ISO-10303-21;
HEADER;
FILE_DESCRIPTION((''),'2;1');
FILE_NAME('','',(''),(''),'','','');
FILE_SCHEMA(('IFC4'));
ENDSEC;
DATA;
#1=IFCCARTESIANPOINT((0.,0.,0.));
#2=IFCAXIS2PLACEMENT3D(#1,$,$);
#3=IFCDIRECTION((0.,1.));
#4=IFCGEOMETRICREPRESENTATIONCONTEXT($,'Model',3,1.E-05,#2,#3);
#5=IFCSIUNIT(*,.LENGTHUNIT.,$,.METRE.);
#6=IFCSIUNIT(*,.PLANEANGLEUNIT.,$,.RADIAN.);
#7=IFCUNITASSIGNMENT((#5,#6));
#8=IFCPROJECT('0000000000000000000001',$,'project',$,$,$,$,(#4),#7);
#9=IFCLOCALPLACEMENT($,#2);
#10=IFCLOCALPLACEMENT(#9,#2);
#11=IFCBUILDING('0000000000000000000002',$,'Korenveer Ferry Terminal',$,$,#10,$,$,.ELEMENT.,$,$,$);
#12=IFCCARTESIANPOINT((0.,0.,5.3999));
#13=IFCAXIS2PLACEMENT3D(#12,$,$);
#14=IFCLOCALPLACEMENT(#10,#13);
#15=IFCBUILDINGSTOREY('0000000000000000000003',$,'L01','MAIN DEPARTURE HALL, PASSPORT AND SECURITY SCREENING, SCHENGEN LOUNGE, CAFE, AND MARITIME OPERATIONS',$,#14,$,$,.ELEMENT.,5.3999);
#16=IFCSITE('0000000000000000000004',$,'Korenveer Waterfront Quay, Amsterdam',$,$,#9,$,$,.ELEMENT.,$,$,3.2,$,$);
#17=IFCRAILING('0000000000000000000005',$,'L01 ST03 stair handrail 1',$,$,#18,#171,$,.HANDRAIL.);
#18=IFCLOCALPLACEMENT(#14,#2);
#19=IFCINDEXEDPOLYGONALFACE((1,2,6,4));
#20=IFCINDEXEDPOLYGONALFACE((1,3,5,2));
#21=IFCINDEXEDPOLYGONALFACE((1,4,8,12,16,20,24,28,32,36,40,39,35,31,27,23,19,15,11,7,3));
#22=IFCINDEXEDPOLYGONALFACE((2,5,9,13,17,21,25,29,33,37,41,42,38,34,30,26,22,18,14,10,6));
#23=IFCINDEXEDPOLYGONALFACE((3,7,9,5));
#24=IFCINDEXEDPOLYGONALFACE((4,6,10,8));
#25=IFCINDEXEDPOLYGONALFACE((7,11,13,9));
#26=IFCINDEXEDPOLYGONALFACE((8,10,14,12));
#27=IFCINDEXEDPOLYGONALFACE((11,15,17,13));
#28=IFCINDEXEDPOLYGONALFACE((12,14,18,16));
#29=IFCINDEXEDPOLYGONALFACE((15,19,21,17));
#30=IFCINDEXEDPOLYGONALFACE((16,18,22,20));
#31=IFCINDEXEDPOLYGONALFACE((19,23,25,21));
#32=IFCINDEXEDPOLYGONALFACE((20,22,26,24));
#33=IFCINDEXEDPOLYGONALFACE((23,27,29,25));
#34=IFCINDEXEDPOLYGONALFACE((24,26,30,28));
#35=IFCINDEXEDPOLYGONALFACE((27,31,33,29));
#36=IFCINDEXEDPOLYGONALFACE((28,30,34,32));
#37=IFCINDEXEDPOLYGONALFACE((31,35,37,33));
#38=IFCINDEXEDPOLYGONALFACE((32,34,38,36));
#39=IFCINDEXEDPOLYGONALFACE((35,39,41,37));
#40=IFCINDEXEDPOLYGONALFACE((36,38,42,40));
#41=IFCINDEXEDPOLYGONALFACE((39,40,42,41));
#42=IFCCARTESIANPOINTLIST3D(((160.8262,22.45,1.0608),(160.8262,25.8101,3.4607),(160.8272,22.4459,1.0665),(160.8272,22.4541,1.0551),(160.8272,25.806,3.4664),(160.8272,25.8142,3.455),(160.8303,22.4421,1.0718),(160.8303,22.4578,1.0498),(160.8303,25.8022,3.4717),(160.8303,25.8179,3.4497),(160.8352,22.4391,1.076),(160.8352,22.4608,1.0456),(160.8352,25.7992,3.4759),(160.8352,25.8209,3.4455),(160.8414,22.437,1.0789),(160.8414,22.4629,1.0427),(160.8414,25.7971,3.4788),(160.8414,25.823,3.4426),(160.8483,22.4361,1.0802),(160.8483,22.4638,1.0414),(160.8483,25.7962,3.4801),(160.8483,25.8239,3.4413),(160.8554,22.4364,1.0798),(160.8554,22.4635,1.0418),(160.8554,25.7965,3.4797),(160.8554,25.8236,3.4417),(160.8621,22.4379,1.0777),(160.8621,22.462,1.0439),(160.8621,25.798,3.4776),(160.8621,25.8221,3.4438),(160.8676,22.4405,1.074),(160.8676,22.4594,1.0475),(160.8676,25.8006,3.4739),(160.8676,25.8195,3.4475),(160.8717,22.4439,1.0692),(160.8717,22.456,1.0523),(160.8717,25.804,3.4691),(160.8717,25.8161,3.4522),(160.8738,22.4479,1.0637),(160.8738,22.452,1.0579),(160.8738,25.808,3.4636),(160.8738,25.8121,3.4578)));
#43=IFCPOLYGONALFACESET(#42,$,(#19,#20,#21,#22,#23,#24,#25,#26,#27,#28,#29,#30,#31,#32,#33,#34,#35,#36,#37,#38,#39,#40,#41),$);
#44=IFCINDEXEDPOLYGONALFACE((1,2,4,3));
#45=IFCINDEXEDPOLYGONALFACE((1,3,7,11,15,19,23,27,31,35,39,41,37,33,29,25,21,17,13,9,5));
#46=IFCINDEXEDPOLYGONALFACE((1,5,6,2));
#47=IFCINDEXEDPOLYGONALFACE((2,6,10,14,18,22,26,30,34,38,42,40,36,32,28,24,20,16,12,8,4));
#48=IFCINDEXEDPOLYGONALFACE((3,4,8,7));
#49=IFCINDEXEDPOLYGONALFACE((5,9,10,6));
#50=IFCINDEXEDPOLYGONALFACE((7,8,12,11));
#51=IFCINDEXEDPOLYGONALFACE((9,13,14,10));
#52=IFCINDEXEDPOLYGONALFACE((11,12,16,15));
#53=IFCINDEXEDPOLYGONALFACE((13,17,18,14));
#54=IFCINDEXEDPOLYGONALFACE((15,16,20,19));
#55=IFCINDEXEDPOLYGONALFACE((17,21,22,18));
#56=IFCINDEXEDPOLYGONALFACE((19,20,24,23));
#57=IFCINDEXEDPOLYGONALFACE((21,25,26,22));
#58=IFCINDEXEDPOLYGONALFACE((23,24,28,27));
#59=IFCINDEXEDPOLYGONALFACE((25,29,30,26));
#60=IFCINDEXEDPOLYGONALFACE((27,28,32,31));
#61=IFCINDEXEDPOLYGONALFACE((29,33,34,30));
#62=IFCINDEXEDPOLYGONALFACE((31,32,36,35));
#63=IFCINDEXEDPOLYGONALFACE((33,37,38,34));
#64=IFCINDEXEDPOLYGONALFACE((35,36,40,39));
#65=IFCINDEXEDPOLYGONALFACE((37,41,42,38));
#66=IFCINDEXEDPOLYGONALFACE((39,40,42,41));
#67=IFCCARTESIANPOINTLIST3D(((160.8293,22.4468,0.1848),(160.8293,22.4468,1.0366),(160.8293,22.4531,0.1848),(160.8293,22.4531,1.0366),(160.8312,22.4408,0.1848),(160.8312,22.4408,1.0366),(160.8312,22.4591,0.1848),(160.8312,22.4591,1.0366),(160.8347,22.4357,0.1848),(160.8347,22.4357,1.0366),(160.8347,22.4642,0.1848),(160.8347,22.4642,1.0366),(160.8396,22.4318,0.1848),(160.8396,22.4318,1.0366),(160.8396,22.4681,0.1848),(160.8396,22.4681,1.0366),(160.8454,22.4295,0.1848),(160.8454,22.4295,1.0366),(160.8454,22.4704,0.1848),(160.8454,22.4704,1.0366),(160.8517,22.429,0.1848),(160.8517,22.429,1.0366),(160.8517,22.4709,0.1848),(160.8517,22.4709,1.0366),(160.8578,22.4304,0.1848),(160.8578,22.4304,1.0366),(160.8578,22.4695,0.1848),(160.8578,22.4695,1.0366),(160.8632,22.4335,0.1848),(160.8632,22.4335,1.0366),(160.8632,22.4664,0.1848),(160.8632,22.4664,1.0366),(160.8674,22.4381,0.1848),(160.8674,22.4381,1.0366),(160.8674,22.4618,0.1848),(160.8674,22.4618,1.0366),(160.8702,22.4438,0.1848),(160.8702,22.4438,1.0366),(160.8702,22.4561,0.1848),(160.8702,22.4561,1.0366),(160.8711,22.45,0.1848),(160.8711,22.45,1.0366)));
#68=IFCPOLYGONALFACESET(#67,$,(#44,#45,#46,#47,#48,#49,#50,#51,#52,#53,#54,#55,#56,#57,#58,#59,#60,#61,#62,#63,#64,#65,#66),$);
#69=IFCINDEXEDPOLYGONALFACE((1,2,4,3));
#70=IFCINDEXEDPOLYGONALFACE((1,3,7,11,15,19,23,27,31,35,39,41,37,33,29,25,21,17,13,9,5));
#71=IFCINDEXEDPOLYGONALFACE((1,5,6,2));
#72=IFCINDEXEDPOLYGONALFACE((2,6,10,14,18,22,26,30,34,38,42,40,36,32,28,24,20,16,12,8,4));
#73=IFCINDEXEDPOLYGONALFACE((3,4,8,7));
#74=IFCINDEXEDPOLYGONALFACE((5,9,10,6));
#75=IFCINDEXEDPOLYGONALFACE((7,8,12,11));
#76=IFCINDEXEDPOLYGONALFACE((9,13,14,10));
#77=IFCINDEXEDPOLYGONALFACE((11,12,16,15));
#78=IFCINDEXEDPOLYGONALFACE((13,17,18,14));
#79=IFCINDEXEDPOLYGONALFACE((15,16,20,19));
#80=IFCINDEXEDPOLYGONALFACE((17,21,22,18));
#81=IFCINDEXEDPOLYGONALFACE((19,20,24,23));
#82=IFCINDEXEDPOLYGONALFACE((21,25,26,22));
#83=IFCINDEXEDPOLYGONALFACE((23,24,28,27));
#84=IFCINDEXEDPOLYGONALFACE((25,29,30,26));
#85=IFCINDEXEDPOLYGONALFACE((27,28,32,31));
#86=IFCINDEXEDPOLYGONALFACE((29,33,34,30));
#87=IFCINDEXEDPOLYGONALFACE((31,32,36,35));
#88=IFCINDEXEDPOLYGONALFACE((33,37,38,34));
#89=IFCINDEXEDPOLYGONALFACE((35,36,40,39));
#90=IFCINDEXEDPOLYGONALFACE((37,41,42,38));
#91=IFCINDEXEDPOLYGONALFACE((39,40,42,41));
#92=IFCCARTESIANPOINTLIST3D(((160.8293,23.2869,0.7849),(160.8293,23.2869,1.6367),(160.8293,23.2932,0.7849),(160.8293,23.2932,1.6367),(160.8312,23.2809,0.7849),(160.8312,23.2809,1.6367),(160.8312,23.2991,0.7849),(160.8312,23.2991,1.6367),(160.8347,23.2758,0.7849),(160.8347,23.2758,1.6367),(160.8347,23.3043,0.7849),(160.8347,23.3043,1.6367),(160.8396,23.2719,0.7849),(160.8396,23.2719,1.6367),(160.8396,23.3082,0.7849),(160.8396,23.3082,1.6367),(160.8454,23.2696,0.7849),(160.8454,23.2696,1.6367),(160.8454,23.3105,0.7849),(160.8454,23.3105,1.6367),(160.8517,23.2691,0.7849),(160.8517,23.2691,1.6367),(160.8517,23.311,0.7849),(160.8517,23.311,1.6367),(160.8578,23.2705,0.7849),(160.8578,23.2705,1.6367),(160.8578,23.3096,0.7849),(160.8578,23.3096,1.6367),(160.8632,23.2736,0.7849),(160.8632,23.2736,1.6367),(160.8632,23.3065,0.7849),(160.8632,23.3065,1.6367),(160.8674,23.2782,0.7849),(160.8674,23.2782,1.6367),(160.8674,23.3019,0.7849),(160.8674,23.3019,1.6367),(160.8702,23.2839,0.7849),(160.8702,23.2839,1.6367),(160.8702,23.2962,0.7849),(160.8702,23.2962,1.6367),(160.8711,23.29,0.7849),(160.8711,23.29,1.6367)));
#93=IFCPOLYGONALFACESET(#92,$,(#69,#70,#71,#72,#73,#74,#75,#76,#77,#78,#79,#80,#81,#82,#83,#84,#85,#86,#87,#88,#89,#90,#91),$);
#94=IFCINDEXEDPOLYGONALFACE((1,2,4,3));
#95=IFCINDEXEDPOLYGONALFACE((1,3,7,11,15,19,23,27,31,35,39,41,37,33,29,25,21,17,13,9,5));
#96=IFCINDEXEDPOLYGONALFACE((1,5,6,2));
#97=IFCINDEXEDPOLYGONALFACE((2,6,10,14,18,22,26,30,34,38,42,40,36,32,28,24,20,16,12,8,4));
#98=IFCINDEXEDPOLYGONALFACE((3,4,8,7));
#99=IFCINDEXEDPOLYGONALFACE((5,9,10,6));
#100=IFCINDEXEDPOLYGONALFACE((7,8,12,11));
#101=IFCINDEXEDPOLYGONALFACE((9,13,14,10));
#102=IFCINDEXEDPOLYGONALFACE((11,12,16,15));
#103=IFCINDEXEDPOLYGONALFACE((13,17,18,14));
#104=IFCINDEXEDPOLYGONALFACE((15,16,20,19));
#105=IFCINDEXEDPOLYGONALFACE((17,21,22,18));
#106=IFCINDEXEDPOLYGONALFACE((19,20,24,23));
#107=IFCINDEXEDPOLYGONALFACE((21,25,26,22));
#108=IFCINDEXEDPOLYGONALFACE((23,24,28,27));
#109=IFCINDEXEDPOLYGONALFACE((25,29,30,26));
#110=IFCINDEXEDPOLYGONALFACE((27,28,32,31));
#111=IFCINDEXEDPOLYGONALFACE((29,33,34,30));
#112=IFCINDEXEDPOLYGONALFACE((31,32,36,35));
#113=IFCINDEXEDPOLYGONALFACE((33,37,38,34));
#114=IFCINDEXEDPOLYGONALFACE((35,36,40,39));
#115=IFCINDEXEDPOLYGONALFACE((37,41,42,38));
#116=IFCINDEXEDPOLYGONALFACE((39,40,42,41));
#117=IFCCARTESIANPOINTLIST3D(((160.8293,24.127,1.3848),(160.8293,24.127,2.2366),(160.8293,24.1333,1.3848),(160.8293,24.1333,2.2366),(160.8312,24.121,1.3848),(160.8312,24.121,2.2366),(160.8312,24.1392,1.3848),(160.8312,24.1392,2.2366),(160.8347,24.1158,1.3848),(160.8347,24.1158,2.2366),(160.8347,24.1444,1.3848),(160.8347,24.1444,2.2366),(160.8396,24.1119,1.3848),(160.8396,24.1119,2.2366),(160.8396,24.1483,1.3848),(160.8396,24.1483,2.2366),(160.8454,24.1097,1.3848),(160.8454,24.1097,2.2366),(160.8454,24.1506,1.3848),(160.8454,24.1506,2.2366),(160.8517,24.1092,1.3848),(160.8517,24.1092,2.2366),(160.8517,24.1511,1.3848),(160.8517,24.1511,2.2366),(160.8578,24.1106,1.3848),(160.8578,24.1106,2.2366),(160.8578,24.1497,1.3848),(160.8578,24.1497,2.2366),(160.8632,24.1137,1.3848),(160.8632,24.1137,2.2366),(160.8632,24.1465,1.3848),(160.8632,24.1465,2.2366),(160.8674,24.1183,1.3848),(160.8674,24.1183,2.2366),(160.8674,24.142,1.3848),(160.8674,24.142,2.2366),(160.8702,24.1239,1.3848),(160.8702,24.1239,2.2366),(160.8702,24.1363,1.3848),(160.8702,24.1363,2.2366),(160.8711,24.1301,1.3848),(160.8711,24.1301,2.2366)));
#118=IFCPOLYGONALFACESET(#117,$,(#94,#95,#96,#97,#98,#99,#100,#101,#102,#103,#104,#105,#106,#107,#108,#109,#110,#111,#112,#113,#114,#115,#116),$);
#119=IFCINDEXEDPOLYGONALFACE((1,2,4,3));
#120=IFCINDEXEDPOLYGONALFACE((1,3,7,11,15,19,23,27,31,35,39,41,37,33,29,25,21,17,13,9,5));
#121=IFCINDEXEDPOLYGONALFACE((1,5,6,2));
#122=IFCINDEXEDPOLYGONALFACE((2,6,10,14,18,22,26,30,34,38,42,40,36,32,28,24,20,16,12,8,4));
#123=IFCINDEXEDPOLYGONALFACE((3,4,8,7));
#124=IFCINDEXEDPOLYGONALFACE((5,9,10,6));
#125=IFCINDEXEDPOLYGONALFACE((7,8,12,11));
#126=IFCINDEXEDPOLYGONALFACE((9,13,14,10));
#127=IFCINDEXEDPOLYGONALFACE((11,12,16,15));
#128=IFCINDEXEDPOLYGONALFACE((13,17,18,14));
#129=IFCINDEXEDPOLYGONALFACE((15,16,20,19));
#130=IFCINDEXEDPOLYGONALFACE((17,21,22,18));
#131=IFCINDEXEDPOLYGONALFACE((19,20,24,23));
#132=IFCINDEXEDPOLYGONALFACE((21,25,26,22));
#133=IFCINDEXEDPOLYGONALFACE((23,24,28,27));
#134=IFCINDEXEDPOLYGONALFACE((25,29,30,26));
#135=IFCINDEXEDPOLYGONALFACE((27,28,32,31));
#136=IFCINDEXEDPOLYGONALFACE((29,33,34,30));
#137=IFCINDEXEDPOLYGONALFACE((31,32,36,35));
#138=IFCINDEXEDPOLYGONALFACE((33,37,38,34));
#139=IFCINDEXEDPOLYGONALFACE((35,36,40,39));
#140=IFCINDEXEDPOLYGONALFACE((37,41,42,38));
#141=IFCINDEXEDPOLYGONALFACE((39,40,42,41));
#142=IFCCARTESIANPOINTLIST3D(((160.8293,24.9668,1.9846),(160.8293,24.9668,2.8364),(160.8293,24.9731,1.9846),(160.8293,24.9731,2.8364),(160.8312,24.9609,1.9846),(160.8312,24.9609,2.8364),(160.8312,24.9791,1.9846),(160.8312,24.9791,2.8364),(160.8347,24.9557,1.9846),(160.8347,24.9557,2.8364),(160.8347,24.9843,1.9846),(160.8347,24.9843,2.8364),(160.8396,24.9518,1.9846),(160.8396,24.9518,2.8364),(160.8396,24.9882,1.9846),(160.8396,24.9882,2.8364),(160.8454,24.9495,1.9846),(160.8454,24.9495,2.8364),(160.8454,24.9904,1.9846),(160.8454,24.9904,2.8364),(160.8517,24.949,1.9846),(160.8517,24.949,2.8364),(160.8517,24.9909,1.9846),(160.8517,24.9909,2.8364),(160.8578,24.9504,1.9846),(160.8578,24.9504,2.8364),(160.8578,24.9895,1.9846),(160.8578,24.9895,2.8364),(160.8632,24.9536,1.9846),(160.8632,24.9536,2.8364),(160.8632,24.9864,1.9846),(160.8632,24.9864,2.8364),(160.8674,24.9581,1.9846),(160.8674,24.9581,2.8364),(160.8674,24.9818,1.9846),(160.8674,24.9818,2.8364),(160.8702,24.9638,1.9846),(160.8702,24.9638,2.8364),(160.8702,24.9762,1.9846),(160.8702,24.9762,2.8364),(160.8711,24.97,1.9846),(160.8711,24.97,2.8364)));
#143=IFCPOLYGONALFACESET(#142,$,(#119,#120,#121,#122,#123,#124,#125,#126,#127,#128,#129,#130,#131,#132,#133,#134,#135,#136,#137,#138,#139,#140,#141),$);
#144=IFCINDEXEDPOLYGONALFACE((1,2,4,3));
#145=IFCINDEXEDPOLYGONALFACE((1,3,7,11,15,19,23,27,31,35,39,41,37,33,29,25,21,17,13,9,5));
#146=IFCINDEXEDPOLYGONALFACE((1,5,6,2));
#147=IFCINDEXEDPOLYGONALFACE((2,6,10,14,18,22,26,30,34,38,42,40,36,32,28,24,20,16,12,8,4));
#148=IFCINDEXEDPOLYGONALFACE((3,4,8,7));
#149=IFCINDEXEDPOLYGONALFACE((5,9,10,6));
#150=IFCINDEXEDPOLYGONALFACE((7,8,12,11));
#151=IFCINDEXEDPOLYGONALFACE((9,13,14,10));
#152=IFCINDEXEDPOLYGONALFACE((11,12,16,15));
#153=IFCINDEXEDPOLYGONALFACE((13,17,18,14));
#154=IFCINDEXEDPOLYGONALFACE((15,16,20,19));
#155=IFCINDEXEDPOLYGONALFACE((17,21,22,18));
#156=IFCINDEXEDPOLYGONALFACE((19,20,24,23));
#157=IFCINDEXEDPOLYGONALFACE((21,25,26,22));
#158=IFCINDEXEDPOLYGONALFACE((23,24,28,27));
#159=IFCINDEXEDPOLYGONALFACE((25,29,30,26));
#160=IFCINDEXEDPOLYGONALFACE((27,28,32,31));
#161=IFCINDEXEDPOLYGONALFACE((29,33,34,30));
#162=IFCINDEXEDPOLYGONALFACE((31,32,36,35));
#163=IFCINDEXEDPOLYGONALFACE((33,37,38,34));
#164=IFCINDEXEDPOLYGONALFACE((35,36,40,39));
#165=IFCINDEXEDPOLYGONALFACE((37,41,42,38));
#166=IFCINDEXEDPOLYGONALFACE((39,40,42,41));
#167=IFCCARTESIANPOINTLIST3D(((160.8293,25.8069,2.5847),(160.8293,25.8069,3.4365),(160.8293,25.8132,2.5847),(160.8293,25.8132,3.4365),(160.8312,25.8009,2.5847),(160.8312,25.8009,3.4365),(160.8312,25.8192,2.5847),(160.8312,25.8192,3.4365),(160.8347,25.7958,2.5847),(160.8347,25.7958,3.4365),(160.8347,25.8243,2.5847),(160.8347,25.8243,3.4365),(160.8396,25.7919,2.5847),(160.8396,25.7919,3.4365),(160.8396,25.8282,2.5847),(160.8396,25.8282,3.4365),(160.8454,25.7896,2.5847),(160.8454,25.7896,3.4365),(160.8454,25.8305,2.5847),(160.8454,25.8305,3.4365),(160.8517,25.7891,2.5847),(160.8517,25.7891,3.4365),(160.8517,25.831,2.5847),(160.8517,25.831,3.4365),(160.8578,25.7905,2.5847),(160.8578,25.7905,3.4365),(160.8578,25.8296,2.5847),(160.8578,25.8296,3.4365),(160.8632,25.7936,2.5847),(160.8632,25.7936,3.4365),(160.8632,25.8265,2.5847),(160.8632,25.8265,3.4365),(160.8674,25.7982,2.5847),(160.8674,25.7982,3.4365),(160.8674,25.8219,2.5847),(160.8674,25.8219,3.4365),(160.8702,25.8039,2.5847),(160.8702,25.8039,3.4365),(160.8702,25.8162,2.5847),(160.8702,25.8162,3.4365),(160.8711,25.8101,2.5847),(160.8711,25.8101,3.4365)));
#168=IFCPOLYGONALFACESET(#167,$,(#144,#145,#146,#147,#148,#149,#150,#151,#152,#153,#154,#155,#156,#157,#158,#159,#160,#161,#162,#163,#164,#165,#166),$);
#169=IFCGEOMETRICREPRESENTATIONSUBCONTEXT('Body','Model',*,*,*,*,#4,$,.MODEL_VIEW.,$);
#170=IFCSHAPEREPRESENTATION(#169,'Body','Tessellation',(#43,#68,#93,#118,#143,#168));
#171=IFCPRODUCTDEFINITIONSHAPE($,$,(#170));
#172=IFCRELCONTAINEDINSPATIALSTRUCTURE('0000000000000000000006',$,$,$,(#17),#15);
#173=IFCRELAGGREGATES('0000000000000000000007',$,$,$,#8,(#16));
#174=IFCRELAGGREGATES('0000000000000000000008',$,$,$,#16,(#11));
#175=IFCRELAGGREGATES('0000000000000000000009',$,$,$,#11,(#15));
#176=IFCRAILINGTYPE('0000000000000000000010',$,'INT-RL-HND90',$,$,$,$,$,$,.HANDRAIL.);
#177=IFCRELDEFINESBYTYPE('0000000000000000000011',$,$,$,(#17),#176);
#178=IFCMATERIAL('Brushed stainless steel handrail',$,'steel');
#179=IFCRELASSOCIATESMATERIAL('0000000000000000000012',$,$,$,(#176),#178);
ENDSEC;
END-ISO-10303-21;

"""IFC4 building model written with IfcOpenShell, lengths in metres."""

from ifc_helpers import new_model, si_unit, direction, frame, origin, origin_2d, place, context, subcontext, project, spatial, circle, extrude, material, type_object, element, save


model = new_model("IFC4")

# Units and contexts
model_context = context("Model", 3, precision=1e-05, world=origin(), true_north=direction((0.0, 1.0)))
body_context = subcontext(model_context, "Body", "Model", "MODEL_VIEW")
ifc_project = project(units=[si_unit("LENGTHUNIT", "METRE"), si_unit("PLANEANGLEUNIT", "RADIAN")], contexts=[model_context])

# Site, building, storey
site_placement = place(None, origin())
site = spatial("IfcSite", under=ifc_project, at=site_placement, Name="Korenveer Waterfront Quay, Amsterdam", CompositionType="ELEMENT", RefElevation=3.2)
building_placement = place(site_placement, origin())
building = spatial("IfcBuilding", under=site, at=building_placement, Name="Korenveer Ferry Terminal", CompositionType="ELEMENT")
storey_placement = place(building_placement, frame((0.0, 0.0, 5.3999)))
storey = spatial("IfcBuildingStorey", under=building, at=storey_placement, Name="L01", Description="MAIN DEPARTURE HALL, PASSPORT AND SECURITY SCREENING, SCHENGEN LOUNGE, CAFE, AND MARITIME OPERATIONS", CompositionType="ELEMENT", Elevation=5.3999)

# Railing
ifc_material_1 = material(Name="Brushed stainless steel handrail", Category="steel")
railing_type_1 = type_object("IfcRailingType", Name="INT-RL-HND90", PredefinedType="HANDRAIL", material=ifc_material_1)
railing_1_placement = place(storey_placement, frame((160.8501, 22.45, 0.1848)))
element("IfcRailing", 1, at=railing_1_placement, inside=storey, type_object=railing_type_1, Name="L01 ST03 stair handrail 1", PredefinedType="HANDRAIL", context=body_context, shape_type="SweptSolid", body=[
    extrude(circle(Radius=0.0239, at=origin_2d()), frame((0.0, 0.0, 0.876), z_axis=(0.0, 0.813753, 0.58121), x_axis=(-1.0, 0.0, 0.0)), (0.0, 0.0, 1.0), 4.1292),
    extrude(circle(Radius=0.021, at=origin_2d()), origin(), (0.0, 0.0, 1.0), 0.8518),
    extrude(circle(Radius=0.021, at=origin_2d()), frame((0.0, 0.8401, 0.6001)), (0.0, 0.0, 1.0), 0.8518),
    extrude(circle(Radius=0.021, at=origin_2d()), frame((0.0, 1.6802, 1.2)), (0.0, 0.0, 1.0), 0.8518),
    extrude(circle(Radius=0.021, at=origin_2d()), frame((0.0, 2.52, 1.7998)), (0.0, 0.0, 1.0), 0.8518),
    extrude(circle(Radius=0.021, at=origin_2d()), frame((0.0, 3.3601, 2.3999)), (0.0, 0.0, 1.0), 0.8518),
])

save(model, "model.ifc")
